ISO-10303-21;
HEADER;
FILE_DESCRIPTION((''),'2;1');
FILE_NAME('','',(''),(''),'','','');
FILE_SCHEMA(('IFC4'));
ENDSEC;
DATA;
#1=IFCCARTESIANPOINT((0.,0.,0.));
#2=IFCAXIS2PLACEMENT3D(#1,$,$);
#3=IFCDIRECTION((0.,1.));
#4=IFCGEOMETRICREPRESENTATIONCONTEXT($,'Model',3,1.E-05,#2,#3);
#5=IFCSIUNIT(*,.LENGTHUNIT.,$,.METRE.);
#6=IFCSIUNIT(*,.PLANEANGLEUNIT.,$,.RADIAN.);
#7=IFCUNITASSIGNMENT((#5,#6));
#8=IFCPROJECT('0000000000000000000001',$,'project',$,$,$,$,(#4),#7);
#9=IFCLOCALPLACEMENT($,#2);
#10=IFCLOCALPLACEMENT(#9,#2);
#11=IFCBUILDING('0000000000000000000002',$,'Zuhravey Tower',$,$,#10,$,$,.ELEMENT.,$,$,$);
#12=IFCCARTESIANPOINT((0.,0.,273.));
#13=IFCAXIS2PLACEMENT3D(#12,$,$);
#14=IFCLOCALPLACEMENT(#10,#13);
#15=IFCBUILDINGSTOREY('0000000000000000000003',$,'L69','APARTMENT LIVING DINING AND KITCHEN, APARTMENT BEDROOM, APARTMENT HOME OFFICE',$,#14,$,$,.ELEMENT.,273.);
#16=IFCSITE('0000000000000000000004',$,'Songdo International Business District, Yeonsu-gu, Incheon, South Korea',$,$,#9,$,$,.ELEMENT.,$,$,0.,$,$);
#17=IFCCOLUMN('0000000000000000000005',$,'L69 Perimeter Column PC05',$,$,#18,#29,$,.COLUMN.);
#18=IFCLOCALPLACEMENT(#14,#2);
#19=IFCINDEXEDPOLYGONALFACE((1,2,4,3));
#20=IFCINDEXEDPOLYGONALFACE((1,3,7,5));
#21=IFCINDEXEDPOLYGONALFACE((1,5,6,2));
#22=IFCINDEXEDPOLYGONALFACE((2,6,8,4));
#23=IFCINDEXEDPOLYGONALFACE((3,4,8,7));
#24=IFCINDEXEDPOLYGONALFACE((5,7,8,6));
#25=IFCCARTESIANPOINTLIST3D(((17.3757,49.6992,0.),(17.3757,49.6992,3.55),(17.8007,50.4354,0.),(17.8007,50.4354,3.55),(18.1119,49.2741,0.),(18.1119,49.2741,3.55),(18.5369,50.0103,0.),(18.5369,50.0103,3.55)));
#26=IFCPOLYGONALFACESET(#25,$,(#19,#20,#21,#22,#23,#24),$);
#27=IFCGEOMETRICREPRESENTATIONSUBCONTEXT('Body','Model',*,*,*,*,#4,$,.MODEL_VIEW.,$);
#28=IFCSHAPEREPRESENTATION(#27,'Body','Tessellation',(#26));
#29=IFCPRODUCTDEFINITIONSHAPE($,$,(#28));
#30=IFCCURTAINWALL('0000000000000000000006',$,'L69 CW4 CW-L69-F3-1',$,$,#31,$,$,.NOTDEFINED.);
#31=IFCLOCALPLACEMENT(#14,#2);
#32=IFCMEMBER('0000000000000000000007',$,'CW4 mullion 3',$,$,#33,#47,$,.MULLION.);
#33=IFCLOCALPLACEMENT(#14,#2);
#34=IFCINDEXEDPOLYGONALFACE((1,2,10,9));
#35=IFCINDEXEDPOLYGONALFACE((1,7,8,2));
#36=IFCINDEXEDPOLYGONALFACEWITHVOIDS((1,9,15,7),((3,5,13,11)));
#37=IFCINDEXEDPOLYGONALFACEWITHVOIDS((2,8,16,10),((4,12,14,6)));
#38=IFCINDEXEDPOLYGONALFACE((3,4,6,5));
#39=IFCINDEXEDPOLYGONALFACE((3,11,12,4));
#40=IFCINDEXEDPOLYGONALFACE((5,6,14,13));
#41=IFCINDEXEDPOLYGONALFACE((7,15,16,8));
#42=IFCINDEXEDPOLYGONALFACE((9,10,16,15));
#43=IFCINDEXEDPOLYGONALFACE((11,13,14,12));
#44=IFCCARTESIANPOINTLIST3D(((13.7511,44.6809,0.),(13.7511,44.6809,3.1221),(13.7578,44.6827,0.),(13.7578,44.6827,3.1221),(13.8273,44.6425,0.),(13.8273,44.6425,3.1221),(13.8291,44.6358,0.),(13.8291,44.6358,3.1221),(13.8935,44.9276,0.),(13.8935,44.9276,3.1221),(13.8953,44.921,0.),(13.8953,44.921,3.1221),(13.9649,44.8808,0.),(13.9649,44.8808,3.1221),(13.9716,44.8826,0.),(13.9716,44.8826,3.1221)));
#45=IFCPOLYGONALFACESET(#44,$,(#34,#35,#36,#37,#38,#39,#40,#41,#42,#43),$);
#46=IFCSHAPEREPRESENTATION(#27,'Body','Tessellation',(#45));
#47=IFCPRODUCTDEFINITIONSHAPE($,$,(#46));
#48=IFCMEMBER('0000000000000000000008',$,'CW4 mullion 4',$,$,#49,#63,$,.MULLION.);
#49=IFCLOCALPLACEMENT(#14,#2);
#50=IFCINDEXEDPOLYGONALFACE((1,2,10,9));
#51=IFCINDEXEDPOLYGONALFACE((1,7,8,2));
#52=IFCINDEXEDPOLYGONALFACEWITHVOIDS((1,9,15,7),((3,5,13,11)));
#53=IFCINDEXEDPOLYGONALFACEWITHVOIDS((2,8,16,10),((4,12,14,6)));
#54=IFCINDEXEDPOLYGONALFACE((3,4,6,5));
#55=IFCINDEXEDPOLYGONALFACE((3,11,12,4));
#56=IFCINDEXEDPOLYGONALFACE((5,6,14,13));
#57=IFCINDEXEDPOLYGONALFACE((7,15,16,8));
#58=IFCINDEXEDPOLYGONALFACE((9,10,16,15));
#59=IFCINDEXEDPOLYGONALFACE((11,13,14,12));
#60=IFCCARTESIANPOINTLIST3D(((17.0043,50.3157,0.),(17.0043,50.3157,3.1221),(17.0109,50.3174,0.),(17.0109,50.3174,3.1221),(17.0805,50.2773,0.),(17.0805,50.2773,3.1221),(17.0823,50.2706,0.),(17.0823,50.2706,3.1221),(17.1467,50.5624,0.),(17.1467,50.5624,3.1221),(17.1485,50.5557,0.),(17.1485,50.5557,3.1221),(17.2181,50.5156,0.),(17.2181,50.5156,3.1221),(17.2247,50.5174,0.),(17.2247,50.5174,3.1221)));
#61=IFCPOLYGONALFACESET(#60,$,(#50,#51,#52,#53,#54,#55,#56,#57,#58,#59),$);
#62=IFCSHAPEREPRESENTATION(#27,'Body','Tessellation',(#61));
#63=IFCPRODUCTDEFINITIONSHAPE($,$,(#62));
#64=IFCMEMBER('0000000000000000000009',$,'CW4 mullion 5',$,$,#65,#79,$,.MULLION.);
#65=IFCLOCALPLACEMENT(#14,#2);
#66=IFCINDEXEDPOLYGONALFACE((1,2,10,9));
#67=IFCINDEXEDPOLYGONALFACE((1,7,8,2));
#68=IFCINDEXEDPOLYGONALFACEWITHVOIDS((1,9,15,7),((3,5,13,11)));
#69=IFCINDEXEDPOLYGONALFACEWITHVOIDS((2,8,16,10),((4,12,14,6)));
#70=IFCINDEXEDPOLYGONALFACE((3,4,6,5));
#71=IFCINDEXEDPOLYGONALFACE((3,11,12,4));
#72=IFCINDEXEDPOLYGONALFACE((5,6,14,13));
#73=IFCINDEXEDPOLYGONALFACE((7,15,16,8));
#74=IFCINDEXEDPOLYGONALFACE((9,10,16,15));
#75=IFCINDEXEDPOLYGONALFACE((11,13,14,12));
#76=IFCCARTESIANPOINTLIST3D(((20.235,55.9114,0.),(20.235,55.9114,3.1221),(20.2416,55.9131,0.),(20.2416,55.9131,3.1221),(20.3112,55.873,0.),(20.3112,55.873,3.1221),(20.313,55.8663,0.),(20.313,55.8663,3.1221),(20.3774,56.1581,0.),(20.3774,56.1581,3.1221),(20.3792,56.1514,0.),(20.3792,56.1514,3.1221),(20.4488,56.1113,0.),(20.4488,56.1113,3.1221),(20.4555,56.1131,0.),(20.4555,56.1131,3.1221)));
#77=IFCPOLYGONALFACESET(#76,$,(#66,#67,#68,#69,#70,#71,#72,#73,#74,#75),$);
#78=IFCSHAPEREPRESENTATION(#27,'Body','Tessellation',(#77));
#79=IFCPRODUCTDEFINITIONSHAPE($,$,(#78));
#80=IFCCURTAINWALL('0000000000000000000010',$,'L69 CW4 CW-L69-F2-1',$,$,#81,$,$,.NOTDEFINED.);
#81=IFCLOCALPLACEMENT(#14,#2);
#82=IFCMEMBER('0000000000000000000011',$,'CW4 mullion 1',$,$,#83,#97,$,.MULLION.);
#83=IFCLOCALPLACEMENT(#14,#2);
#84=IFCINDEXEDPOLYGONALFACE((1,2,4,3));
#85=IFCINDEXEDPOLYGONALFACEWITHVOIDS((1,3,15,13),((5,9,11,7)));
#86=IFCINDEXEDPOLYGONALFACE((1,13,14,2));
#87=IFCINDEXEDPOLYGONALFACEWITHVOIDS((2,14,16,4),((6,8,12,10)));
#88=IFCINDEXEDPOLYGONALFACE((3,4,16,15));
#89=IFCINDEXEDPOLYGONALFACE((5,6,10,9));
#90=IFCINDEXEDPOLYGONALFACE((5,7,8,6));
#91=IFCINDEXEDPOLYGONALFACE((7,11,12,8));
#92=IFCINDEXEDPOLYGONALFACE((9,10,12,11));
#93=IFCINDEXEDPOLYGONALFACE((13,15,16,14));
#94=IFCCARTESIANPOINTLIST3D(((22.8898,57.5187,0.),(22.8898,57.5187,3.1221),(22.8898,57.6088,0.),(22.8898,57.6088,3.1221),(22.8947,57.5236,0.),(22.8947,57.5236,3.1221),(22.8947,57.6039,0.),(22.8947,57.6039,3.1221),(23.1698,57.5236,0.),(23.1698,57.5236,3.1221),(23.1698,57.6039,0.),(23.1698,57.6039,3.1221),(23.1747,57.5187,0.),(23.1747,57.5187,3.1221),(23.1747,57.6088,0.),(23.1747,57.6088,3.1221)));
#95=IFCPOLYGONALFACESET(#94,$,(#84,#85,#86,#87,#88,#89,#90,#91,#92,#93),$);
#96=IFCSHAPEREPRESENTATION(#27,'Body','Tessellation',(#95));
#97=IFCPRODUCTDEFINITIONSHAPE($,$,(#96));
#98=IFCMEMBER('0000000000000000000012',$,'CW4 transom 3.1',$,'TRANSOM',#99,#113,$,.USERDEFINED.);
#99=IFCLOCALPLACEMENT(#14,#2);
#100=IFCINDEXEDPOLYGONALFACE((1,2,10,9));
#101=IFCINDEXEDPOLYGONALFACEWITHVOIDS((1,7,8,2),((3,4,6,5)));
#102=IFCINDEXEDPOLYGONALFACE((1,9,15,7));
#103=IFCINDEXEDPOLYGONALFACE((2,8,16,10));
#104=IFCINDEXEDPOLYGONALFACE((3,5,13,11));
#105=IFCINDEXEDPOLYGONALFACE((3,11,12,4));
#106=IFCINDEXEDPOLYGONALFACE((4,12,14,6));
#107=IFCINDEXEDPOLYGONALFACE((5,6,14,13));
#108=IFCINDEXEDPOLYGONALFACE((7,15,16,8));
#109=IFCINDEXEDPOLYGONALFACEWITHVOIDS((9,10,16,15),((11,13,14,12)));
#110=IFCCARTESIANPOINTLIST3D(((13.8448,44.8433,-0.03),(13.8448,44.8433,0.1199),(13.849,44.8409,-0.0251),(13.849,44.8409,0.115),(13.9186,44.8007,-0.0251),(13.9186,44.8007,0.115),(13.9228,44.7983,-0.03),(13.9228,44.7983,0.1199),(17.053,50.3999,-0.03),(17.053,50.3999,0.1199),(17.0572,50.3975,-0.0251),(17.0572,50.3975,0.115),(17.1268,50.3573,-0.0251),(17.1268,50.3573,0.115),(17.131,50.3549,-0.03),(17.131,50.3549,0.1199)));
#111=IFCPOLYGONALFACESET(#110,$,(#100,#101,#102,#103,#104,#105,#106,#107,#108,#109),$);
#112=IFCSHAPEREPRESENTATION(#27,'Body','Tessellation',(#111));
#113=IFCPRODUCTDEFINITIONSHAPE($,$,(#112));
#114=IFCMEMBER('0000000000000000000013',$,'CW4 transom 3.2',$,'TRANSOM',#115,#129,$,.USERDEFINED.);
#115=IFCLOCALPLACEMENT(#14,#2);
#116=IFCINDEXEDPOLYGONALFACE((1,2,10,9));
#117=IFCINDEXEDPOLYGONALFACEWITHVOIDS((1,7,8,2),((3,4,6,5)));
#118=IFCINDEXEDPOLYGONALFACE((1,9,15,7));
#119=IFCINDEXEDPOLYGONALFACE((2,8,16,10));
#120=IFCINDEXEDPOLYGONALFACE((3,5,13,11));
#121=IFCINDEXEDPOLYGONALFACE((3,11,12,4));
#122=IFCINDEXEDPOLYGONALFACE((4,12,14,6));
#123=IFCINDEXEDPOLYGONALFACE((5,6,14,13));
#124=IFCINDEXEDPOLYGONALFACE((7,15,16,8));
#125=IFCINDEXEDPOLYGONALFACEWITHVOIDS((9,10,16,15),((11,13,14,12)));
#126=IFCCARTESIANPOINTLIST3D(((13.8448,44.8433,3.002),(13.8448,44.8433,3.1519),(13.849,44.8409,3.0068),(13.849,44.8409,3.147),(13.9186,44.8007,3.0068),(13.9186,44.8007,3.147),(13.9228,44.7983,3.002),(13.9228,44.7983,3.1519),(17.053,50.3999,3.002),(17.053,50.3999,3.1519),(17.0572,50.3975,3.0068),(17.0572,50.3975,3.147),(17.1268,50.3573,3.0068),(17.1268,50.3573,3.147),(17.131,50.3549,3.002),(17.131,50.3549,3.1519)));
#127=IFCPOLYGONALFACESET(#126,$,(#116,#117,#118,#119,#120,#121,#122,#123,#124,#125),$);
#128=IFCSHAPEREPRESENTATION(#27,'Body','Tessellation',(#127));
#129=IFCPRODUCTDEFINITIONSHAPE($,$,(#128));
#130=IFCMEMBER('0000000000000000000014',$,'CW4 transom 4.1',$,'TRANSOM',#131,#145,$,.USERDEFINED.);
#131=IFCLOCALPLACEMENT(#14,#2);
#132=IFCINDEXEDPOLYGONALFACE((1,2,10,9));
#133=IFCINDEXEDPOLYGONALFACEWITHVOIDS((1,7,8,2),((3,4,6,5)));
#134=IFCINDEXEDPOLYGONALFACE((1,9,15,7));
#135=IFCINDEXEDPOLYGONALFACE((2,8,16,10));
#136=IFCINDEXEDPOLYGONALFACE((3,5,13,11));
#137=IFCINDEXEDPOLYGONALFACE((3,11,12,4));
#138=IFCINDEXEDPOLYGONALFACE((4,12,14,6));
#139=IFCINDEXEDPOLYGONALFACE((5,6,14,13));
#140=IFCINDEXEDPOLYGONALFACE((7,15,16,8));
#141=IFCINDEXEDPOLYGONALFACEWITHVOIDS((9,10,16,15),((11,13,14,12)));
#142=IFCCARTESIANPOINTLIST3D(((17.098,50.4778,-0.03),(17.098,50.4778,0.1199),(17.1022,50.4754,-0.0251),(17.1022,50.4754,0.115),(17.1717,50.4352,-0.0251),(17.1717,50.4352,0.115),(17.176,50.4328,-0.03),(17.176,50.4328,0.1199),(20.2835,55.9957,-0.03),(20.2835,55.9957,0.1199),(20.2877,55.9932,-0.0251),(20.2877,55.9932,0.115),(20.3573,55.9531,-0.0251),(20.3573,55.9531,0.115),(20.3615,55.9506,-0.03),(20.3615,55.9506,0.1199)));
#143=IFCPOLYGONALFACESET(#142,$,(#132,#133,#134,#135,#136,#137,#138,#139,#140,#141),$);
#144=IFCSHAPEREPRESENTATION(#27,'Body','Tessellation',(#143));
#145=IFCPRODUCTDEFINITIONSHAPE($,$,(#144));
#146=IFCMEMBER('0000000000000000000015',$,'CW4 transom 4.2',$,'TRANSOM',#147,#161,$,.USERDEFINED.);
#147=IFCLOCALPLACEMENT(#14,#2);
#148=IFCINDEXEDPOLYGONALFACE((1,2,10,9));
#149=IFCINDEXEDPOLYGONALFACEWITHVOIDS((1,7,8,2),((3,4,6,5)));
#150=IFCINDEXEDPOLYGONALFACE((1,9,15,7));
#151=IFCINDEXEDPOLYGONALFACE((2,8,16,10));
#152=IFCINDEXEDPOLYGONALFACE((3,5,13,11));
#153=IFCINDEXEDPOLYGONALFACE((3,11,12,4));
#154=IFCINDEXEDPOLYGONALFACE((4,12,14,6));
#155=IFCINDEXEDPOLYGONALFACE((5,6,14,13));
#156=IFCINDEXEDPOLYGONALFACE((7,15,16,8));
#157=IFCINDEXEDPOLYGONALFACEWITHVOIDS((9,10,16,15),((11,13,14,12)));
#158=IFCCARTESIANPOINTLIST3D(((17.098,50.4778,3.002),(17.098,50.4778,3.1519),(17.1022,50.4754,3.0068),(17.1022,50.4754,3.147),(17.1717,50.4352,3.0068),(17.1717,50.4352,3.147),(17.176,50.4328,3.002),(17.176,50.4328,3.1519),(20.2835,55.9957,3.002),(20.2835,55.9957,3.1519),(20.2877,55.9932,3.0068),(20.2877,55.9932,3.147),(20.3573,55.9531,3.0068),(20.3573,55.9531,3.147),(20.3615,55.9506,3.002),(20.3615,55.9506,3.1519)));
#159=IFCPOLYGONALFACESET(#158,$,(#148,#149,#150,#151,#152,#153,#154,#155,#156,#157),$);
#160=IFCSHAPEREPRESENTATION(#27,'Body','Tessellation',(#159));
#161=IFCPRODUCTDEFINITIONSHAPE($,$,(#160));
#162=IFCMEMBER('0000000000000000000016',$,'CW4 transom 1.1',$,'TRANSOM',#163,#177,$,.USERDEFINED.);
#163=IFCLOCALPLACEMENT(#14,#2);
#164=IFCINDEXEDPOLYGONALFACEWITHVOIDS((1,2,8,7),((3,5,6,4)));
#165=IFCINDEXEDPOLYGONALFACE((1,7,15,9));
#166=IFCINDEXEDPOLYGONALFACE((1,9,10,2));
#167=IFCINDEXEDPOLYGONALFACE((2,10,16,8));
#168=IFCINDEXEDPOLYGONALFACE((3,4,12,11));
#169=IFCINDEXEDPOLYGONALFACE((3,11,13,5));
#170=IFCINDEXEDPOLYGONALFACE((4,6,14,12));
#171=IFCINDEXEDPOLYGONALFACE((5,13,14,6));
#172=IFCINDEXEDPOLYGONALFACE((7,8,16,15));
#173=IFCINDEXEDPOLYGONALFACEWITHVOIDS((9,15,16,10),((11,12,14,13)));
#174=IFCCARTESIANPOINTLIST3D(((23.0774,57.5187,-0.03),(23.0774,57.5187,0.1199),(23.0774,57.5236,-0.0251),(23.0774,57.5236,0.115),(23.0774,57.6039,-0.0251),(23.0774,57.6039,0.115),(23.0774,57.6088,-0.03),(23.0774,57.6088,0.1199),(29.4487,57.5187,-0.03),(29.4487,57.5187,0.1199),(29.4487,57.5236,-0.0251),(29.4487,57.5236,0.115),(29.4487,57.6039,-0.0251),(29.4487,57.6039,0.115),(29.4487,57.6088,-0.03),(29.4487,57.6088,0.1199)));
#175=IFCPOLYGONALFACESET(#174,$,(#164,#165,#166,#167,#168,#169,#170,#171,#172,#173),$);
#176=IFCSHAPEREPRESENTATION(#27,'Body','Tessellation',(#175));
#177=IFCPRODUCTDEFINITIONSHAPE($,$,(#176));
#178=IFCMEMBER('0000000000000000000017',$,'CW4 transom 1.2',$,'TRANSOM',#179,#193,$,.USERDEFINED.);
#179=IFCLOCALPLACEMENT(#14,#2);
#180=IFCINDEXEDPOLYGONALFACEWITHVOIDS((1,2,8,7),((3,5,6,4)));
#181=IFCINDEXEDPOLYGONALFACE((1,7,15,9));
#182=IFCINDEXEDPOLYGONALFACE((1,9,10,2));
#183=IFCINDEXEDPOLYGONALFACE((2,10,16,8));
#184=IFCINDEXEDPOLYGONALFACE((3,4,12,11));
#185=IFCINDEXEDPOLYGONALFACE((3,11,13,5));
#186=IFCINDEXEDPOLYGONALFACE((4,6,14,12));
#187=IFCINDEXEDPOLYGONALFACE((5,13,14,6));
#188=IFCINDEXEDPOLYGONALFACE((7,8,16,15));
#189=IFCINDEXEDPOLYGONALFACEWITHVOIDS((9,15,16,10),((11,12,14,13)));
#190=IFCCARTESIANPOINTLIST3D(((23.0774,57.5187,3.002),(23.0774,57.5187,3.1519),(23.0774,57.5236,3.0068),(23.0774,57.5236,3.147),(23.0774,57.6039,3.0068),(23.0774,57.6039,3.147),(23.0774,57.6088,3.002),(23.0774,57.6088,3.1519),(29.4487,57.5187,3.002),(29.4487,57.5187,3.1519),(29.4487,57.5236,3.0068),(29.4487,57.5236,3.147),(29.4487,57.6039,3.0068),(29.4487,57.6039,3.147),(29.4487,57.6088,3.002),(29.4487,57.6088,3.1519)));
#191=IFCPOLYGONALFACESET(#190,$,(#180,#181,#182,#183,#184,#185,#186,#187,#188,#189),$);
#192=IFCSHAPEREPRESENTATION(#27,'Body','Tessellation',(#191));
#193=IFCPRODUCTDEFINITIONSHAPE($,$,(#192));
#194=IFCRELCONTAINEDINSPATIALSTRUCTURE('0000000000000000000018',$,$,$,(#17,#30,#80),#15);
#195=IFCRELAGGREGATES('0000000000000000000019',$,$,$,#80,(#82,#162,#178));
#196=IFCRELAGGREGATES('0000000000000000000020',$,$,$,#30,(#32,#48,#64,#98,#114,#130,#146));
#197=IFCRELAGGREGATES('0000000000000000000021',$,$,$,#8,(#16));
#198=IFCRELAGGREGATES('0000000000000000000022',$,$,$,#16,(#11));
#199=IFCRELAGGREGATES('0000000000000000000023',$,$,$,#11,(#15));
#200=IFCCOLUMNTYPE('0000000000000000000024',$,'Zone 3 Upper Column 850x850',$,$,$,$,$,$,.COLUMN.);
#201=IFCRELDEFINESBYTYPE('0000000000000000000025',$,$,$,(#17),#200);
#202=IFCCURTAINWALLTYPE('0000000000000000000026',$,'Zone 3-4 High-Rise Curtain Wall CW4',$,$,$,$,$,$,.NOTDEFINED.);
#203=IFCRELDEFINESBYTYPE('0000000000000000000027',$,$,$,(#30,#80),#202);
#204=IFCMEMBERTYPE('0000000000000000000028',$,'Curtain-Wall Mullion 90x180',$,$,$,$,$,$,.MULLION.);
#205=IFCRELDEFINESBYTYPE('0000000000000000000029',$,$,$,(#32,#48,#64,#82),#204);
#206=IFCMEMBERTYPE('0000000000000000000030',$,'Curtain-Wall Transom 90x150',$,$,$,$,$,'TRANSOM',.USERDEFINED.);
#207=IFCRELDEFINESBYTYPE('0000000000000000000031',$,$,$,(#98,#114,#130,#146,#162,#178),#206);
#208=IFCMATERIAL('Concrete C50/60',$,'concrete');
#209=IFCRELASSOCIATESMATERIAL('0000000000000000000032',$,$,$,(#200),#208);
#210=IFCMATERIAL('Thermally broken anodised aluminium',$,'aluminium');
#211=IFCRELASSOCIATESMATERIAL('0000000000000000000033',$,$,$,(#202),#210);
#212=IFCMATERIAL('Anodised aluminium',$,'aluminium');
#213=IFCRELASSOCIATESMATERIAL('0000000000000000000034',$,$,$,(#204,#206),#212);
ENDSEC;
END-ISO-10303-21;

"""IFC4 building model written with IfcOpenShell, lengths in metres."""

from ifc_helpers import new_model, si_unit, direction, frame, origin, origin_2d, place, context, subcontext, project, spatial, rectangle, hollow_rectangle, extrude, material, material_profile, profile_set, type_object, element, aggregate, save


model = new_model("IFC4")

# Units and contexts
model_context = context("Model", 3, precision=1e-05, world=origin(), true_north=direction((0.0, 1.0)))
body_context = subcontext(model_context, "Body", "Model", "MODEL_VIEW")
ifc_project = project(units=[si_unit("LENGTHUNIT", "METRE"), si_unit("PLANEANGLEUNIT", "RADIAN")], contexts=[model_context])

# Site, building, storey
site_placement = place(None, origin())
site = spatial("IfcSite", under=ifc_project, at=site_placement, Name="Songdo International Business District, Yeonsu-gu, Incheon, South Korea", CompositionType="ELEMENT", RefElevation=0.0)
building_placement = place(site_placement, origin())
building = spatial("IfcBuilding", under=site, at=building_placement, Name="Zuhravey Tower", CompositionType="ELEMENT")
storey_placement = place(building_placement, frame((0.0, 0.0, 273.0)))
storey = spatial("IfcBuildingStorey", under=building, at=storey_placement, Name="L69", Description="APARTMENT LIVING DINING AND KITCHEN, APARTMENT BEDROOM, APARTMENT HOME OFFICE", CompositionType="ELEMENT", Elevation=273.0)

# Column
ifc_material_1 = material(Name="Concrete C50/60", Category="concrete")
ifc_material_profile_1 = material_profile(ifc_material_1, rectangle(XDim=0.8501, YDim=0.8501, at=origin_2d()), Name="RC-850x850")
ifc_profile_set_1 = profile_set([ifc_material_profile_1], Name="Concrete C50/60")
column_type = type_object("IfcColumnType", Name="Zone 3 Upper Column 850x850", PredefinedType="COLUMN", material=ifc_profile_set_1)
column_placement = place(storey_placement, frame((17.9563, 49.8547, 0.0), z_axis=(0.0, 0.0, 1.0), x_axis=(-0.5, -0.866025, 0.0)))
element("IfcColumn", 1, at=column_placement, inside=storey, type_object=column_type, Name="L69 Perimeter Column PC05", PredefinedType="COLUMN", context=body_context, shape_type="SweptSolid", body=[
    extrude(rectangle(XDim=0.8501, YDim=0.8501, at=origin_2d()), origin(), (0.0, 0.0, 1.0), 3.55),
])

# Curtain wall, members
ifc_material_2 = material(Name="Thermally broken anodised aluminium", Category="aluminium")
curtain_wall_type = type_object("IfcCurtainWallType", Name="Zone 3-4 High-Rise Curtain Wall CW4", PredefinedType="NOTDEFINED", material=ifc_material_2)
curtain_wall_1_placement = place(storey_placement, origin())
curtain_wall_1 = element("IfcCurtainWall", 2, at=curtain_wall_1_placement, inside=storey, type_object=curtain_wall_type, Name="L69 CW4 CW-L69-F3-1", PredefinedType="NOTDEFINED")
ifc_material_3 = material(Name="Anodised aluminium", Category="aluminium")
ifc_material_profile_2 = material_profile(ifc_material_3, hollow_rectangle(XDim=0.0901, YDim=0.2849, WallThickness=0.0049, at=origin_2d()), Name="ALU-RHS-90x285x5")
ifc_profile_set_2 = profile_set([ifc_material_profile_2], Name="Anodised aluminium")
member_type_1 = type_object("IfcMemberType", Name="Curtain-Wall Mullion 90x180", PredefinedType="MULLION", material=ifc_profile_set_2)
member_1_placement = place(storey_placement, frame((13.8613, 44.7817, 0.0), z_axis=(0.0, 0.0, 1.0), x_axis=(-0.866025, 0.500001, 0.0)))
member_1 = element("IfcMember", 3, at=member_1_placement, type_object=member_type_1, Name="CW4 mullion 3", PredefinedType="MULLION", context=body_context, shape_type="SweptSolid", body=[
    extrude(hollow_rectangle(XDim=0.0901, YDim=0.2849, WallThickness=0.0049, at=origin_2d()), origin(), (0.0, 0.0, 1.0), 3.1221),
])
member_2_placement = place(storey_placement, frame((17.1145, 50.4165, 0.0), z_axis=(0.0, 0.0, 1.0), x_axis=(-0.866025, 0.500001, 0.0)))
member_2 = element("IfcMember", 4, at=member_2_placement, type_object=member_type_1, Name="CW4 mullion 4", PredefinedType="MULLION", context=body_context, shape_type="SweptSolid", body=[
    extrude(hollow_rectangle(XDim=0.0901, YDim=0.2849, WallThickness=0.0049, at=origin_2d()), origin(), (0.0, 0.0, 1.0), 3.1221),
])
member_3_placement = place(storey_placement, frame((20.3452, 56.0122, 0.0), z_axis=(0.0, 0.0, 1.0), x_axis=(-0.866025, 0.500001, 0.0)))
member_3 = element("IfcMember", 5, at=member_3_placement, type_object=member_type_1, Name="CW4 mullion 5", PredefinedType="MULLION", context=body_context, shape_type="SweptSolid", body=[
    extrude(hollow_rectangle(XDim=0.0901, YDim=0.2849, WallThickness=0.0049, at=origin_2d()), origin(), (0.0, 0.0, 1.0), 3.1221),
])

# Curtain wall, member
curtain_wall_2_placement = place(storey_placement, origin())
curtain_wall_2 = element("IfcCurtainWall", 6, at=curtain_wall_2_placement, inside=storey, type_object=curtain_wall_type, Name="L69 CW4 CW-L69-F2-1", PredefinedType="NOTDEFINED")
member_4_placement = place(storey_placement, frame((23.0322, 57.5637, 0.0), z_axis=(0.0, 0.0, 1.0), x_axis=(0.0, 1.0, 0.0)))
member_4 = element("IfcMember", 7, at=member_4_placement, type_object=member_type_1, Name="CW4 mullion 1", PredefinedType="MULLION", context=body_context, shape_type="SweptSolid", body=[
    extrude(hollow_rectangle(XDim=0.0901, YDim=0.2849, WallThickness=0.0049, at=origin_2d()), origin(), (0.0, 0.0, 1.0), 3.1221),
])

# Members
ifc_material_profile_3 = material_profile(ifc_material_3, hollow_rectangle(XDim=0.0901, YDim=0.1499, WallThickness=0.0049, at=origin_2d()), Name="ALU-RHS-90x150x5")
ifc_profile_set_3 = profile_set([ifc_material_profile_3], Name="Anodised aluminium")
member_type_2 = type_object("IfcMemberType", Name="Curtain-Wall Transom 90x150", ElementType="TRANSOM", PredefinedType="USERDEFINED", material=ifc_profile_set_3)
member_5_placement = place(storey_placement, frame((13.8838, 44.8208, 0.0449), z_axis=(0.500014, 0.866017, 0.0), x_axis=(-0.866017, 0.500014, 0.0)))
member_5 = element("IfcMember", 8, at=member_5_placement, type_object=member_type_2, Name="CW4 transom 3.1", ObjectType="TRANSOM", PredefinedType="USERDEFINED", context=body_context, shape_type="SweptSolid", body=[
    extrude(hollow_rectangle(XDim=0.0901, YDim=0.1499, WallThickness=0.0049, at=origin_2d()), origin(), (0.0, 0.0, 1.0), 6.4163),
])
member_6_placement = place(storey_placement, frame((13.8838, 44.8208, 3.0769), z_axis=(0.500014, 0.866017, 0.0), x_axis=(-0.866017, 0.500014, 0.0)))
member_6 = element("IfcMember", 9, at=member_6_placement, type_object=member_type_2, Name="CW4 transom 3.2", ObjectType="TRANSOM", PredefinedType="USERDEFINED", context=body_context, shape_type="SweptSolid", body=[
    extrude(hollow_rectangle(XDim=0.0901, YDim=0.1499, WallThickness=0.0049, at=origin_2d()), origin(), (0.0, 0.0, 1.0), 6.4163),
])
member_7_placement = place(storey_placement, frame((17.137, 50.4553, 0.0449), z_axis=(0.49998, 0.866037, 0.0), x_axis=(-0.866037, 0.49998, 0.0)))
member_7 = element("IfcMember", 10, at=member_7_placement, type_object=member_type_2, Name="CW4 transom 4.1", ObjectType="TRANSOM", PredefinedType="USERDEFINED", context=body_context, shape_type="SweptSolid", body=[
    extrude(hollow_rectangle(XDim=0.0901, YDim=0.1499, WallThickness=0.0049, at=origin_2d()), origin(), (0.0, 0.0, 1.0), 6.3713),
])
member_8_placement = place(storey_placement, frame((17.137, 50.4553, 3.0769), z_axis=(0.49998, 0.866037, 0.0), x_axis=(-0.866037, 0.49998, 0.0)))
member_8 = element("IfcMember", 11, at=member_8_placement, type_object=member_type_2, Name="CW4 transom 4.2", ObjectType="TRANSOM", PredefinedType="USERDEFINED", context=body_context, shape_type="SweptSolid", body=[
    extrude(hollow_rectangle(XDim=0.0901, YDim=0.1499, WallThickness=0.0049, at=origin_2d()), origin(), (0.0, 0.0, 1.0), 6.3713),
])
member_9_placement = place(storey_placement, frame((23.0774, 57.5637, 0.0449), z_axis=(1.0, 0.0, 0.0), x_axis=(0.0, 1.0, 0.0)))
member_9 = element("IfcMember", 12, at=member_9_placement, type_object=member_type_2, Name="CW4 transom 1.1", ObjectType="TRANSOM", PredefinedType="USERDEFINED", context=body_context, shape_type="SweptSolid", body=[
    extrude(hollow_rectangle(XDim=0.0901, YDim=0.1499, WallThickness=0.0049, at=origin_2d()), origin(), (0.0, 0.0, 1.0), 6.3713),
])
member_10_placement = place(storey_placement, frame((23.0774, 57.5637, 3.0769), z_axis=(1.0, 0.0, 0.0), x_axis=(0.0, 1.0, 0.0)))
member_10 = element("IfcMember", 13, at=member_10_placement, type_object=member_type_2, Name="CW4 transom 1.2", ObjectType="TRANSOM", PredefinedType="USERDEFINED", context=body_context, shape_type="SweptSolid", body=[
    extrude(hollow_rectangle(XDim=0.0901, YDim=0.1499, WallThickness=0.0049, at=origin_2d()), origin(), (0.0, 0.0, 1.0), 6.3713),
])
aggregate(curtain_wall_2, [member_4, member_9, member_10])

aggregate(curtain_wall_1, [member_1, member_2, member_3, member_5, member_6, member_7, member_8])

save(model, "model.ifc")
